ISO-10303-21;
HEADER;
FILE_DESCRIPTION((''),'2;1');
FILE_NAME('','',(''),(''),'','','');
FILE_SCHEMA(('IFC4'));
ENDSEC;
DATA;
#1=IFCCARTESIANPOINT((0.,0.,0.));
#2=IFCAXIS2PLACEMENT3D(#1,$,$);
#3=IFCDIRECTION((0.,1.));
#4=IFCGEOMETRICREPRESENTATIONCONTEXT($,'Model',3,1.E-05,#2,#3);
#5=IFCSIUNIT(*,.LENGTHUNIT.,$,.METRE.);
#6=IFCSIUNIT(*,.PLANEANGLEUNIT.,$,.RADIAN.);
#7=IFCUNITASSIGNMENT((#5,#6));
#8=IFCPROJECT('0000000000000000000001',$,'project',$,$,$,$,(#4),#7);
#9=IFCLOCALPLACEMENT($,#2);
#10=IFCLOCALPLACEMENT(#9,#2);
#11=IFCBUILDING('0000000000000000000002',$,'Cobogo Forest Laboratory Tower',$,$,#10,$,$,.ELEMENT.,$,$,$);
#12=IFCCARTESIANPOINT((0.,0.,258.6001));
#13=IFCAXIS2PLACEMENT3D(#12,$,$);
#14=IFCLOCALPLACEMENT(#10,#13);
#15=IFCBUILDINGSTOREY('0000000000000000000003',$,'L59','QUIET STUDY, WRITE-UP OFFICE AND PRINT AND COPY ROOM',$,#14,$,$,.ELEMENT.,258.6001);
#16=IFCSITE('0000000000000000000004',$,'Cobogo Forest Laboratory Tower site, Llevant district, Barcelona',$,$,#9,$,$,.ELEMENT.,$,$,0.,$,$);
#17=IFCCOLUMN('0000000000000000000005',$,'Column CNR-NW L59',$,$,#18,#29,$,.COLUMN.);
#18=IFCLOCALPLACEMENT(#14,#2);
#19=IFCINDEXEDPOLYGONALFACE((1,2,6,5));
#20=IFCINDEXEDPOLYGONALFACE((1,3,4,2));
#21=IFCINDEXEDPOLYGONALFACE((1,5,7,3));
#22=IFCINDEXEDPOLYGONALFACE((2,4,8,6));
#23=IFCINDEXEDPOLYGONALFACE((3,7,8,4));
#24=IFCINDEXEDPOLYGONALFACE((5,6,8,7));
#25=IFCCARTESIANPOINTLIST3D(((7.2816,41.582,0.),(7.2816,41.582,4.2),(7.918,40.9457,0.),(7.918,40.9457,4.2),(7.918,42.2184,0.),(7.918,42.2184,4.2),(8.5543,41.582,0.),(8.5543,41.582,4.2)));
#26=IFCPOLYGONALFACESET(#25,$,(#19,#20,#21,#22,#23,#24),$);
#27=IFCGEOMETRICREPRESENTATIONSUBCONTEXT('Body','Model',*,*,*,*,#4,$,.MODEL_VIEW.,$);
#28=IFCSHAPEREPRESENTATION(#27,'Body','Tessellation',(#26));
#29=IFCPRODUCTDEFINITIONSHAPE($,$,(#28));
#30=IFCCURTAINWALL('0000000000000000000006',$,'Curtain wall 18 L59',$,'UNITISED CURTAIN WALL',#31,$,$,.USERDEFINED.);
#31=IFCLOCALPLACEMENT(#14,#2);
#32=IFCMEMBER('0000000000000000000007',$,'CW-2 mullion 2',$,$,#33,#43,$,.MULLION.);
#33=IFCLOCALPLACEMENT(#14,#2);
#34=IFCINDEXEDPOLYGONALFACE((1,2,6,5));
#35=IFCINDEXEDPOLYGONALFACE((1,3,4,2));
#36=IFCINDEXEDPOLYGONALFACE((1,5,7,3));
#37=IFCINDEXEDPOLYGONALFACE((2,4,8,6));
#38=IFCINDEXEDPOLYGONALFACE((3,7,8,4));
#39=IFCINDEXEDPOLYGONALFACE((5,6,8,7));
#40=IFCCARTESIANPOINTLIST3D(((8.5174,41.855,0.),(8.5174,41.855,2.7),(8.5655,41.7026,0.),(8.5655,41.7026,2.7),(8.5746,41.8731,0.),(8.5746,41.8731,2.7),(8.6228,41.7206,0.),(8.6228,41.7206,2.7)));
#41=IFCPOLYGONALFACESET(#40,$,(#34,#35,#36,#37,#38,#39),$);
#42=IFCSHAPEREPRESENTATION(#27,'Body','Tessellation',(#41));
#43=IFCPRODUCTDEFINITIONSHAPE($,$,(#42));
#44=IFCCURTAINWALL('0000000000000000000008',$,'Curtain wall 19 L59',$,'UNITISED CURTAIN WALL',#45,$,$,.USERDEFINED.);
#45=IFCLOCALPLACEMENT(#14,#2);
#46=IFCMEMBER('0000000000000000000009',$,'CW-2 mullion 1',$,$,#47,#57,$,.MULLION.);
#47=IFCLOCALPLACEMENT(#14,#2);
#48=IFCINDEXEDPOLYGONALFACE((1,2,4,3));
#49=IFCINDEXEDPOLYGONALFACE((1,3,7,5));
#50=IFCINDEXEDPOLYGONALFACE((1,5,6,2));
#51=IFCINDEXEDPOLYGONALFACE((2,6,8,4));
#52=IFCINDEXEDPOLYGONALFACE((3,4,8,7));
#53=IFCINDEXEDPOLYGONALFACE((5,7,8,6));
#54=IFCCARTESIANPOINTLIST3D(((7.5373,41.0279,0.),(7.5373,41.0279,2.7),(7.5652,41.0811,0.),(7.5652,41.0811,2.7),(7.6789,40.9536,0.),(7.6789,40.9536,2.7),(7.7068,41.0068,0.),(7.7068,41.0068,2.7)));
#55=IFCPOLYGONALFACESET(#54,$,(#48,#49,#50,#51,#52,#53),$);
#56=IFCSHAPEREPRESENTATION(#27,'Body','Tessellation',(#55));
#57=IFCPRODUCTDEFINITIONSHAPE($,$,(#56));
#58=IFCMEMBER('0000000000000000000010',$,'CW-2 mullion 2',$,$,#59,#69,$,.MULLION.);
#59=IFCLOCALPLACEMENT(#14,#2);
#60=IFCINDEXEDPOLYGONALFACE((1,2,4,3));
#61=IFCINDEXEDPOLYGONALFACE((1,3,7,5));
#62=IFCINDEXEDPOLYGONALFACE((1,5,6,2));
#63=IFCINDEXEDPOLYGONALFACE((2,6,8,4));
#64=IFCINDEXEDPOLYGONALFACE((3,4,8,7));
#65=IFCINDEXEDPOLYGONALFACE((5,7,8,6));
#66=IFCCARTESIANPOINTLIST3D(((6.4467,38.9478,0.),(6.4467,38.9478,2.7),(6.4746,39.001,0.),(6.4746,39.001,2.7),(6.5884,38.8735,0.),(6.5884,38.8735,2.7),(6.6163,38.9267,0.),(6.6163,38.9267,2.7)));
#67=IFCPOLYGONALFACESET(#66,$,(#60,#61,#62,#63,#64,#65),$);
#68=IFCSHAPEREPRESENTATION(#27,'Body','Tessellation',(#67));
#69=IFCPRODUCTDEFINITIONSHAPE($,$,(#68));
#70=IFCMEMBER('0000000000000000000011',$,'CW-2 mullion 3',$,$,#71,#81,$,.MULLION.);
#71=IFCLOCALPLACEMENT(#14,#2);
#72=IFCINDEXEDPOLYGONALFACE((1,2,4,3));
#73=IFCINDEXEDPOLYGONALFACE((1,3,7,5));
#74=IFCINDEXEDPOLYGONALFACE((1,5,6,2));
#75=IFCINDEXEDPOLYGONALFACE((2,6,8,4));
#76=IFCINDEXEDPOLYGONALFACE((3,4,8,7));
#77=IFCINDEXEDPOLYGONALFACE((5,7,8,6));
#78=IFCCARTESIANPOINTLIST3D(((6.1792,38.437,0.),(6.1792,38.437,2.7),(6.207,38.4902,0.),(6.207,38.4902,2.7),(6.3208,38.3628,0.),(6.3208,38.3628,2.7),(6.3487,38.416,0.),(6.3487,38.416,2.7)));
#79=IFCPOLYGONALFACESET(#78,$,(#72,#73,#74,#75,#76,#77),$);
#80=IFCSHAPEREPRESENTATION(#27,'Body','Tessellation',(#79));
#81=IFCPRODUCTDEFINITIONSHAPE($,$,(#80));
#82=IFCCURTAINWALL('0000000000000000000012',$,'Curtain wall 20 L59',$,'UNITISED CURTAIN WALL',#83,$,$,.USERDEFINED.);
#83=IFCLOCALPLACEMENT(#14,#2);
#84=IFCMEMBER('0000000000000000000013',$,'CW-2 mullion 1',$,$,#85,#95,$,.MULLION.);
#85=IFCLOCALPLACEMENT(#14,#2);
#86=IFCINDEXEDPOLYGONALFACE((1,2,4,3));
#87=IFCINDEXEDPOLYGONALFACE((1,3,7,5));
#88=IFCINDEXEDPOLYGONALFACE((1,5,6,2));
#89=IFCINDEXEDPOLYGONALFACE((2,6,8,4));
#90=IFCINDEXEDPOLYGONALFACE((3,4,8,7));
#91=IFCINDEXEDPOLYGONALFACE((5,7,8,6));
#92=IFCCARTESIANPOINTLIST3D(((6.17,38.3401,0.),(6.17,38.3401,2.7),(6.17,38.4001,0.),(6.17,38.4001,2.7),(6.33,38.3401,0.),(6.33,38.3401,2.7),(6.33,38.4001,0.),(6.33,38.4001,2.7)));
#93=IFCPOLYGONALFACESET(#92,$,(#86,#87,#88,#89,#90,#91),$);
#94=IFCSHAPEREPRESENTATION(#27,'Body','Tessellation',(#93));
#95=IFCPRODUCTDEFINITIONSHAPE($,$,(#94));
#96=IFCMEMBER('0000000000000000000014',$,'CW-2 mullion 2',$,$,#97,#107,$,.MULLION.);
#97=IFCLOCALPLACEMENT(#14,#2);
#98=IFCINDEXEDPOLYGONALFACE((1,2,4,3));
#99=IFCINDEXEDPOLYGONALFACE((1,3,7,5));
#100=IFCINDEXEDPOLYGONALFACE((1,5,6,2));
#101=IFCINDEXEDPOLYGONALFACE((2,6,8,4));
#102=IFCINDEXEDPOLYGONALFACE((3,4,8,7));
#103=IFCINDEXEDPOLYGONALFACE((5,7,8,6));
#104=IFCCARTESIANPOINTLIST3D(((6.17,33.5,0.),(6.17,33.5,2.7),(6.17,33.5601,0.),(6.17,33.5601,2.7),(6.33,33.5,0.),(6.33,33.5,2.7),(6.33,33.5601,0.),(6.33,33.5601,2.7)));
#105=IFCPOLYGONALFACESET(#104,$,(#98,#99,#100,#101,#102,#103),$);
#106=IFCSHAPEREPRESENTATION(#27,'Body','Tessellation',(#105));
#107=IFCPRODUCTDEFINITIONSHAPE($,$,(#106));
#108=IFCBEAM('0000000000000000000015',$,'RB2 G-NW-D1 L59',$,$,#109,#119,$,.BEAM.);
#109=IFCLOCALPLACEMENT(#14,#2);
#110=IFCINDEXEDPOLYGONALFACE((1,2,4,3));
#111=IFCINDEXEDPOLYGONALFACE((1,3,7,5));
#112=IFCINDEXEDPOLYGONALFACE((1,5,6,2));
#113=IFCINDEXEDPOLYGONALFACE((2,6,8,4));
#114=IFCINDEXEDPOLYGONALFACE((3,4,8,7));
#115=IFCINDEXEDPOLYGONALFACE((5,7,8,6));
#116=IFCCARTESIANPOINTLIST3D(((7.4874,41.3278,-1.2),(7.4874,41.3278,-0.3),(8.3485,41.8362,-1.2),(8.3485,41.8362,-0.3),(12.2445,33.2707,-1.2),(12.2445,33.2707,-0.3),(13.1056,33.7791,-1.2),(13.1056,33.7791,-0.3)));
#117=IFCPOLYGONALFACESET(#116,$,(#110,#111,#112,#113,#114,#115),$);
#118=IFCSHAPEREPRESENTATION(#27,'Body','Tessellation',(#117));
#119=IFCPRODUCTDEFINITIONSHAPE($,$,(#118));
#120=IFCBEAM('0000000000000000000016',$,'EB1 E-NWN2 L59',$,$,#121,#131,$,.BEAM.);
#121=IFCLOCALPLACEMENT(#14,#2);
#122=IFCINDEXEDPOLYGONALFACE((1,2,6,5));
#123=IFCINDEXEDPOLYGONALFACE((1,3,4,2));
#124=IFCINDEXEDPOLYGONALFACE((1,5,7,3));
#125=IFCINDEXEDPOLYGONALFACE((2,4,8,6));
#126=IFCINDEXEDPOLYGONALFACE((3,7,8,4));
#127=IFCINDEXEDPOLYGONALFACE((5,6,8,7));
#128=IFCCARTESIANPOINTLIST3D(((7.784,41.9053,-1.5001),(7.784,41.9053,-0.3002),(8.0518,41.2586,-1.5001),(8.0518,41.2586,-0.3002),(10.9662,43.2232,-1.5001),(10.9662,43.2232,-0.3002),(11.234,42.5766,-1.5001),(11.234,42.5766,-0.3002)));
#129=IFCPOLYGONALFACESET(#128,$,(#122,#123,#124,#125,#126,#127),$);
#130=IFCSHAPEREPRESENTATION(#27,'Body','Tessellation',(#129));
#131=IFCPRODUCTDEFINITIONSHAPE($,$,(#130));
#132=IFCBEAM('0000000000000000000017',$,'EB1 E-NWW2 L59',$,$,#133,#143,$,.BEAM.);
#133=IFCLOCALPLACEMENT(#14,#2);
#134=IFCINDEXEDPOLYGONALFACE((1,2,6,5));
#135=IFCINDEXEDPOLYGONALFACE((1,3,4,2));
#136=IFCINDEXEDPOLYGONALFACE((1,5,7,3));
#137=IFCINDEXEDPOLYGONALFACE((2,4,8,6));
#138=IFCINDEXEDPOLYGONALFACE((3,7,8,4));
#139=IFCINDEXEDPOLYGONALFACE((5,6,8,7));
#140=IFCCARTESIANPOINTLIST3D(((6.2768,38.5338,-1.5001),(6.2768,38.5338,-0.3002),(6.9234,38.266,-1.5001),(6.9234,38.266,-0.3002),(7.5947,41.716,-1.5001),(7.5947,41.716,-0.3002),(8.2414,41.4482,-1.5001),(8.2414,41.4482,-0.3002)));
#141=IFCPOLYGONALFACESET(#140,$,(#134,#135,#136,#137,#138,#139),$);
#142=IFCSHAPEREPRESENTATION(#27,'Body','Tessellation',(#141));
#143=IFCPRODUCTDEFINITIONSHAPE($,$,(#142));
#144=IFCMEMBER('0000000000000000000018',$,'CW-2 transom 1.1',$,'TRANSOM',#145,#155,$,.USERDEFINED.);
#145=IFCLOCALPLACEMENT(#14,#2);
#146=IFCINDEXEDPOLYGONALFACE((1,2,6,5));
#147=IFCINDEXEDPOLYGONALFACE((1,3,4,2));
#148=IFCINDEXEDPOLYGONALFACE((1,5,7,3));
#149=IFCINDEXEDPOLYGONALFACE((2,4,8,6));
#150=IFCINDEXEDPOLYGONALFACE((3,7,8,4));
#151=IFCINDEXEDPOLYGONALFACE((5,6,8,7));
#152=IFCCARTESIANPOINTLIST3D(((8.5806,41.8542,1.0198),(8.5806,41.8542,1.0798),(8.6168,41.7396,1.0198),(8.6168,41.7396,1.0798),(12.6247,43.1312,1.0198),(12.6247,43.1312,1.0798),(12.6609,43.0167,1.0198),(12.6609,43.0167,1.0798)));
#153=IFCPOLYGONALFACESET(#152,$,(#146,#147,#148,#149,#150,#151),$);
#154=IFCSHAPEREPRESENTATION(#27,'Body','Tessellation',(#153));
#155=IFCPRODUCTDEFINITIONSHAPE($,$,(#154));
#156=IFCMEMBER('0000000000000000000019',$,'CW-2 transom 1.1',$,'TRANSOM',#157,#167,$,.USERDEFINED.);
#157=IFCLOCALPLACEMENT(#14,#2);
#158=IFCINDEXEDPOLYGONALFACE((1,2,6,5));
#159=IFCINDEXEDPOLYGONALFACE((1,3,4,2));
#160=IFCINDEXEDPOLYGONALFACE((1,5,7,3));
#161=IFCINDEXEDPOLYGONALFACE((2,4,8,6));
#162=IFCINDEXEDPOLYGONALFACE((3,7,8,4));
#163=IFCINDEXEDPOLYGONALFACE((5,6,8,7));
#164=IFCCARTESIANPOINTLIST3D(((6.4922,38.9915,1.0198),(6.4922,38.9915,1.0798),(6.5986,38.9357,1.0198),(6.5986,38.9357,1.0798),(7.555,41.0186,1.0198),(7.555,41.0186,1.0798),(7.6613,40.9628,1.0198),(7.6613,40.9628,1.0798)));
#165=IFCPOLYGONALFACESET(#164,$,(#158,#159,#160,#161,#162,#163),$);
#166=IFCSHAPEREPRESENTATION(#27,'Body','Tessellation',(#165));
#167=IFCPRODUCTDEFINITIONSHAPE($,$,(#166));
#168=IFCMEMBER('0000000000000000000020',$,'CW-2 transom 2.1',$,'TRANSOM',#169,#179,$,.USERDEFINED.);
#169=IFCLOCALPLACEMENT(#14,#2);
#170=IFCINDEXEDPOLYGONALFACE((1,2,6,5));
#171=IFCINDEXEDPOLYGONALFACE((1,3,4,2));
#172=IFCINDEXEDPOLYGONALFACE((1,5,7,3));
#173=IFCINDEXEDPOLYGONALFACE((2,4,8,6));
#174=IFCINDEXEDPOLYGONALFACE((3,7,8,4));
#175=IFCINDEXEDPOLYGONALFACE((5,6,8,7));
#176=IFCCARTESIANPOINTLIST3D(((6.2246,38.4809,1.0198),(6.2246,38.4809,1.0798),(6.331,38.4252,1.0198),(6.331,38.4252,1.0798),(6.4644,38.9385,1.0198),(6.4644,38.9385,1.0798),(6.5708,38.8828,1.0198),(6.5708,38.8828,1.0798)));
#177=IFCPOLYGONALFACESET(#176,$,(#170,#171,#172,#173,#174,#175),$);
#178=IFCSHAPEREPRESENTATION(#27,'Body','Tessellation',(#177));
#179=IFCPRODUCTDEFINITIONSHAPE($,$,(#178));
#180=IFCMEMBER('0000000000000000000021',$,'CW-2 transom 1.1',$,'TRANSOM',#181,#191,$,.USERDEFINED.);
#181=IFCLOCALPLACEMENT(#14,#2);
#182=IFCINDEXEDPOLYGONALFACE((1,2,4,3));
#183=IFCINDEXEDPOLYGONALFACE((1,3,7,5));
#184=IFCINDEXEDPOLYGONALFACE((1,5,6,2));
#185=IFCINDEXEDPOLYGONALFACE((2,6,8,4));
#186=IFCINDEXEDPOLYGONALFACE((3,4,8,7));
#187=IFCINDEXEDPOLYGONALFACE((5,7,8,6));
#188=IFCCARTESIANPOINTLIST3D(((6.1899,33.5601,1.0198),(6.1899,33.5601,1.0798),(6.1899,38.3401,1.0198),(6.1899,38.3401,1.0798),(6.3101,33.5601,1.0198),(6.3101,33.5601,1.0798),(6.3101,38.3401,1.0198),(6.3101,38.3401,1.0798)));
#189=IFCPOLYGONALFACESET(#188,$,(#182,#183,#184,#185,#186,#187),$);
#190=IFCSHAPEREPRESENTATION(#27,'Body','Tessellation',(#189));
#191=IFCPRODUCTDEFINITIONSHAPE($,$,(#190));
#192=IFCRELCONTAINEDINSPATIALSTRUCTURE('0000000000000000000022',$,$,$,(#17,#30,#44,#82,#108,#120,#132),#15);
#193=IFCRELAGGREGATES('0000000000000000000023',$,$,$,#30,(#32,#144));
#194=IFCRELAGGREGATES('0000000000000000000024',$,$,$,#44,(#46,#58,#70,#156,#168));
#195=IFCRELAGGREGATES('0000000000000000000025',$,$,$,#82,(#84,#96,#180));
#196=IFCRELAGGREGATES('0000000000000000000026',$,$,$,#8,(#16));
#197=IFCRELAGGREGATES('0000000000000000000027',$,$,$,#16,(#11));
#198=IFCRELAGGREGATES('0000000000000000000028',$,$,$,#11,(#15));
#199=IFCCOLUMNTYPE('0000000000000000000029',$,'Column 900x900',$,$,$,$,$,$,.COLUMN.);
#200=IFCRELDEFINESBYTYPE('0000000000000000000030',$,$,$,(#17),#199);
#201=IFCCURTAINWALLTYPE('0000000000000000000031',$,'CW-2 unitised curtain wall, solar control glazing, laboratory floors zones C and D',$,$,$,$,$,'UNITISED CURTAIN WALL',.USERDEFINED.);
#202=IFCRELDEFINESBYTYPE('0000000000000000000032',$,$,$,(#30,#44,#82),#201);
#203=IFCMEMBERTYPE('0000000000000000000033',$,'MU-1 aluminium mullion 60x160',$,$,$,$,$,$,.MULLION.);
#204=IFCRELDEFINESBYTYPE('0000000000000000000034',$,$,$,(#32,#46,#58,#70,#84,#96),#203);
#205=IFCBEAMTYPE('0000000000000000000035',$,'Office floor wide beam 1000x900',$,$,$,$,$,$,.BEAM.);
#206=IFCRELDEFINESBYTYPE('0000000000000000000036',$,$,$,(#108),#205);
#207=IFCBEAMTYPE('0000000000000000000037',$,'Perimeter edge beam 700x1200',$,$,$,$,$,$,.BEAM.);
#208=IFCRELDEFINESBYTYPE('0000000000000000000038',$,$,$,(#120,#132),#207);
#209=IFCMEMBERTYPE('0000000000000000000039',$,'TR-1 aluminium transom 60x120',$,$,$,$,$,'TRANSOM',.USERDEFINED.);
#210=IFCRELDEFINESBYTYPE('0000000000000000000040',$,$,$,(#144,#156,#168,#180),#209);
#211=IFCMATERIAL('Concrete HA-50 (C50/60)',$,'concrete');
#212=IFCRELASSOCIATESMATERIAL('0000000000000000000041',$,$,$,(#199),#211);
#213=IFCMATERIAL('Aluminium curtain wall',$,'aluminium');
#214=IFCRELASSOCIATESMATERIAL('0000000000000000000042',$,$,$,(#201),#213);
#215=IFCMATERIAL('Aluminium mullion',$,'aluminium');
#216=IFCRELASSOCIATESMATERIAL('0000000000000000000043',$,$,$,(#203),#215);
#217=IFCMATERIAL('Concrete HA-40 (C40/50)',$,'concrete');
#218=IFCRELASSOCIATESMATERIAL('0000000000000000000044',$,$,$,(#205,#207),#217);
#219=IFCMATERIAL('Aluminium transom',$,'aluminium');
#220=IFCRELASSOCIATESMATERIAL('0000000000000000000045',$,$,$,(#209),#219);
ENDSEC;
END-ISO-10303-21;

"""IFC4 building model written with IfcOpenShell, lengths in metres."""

from ifc_helpers import new_model, si_unit, direction, frame, origin, origin_2d, place, context, subcontext, project, spatial, rectangle, extrude, material, material_profile, profile_set, type_object, element, aggregate, save


model = new_model("IFC4")

# Units and contexts
model_context = context("Model", 3, precision=1e-05, world=origin(), true_north=direction((0.0, 1.0)))
body_context = subcontext(model_context, "Body", "Model", "MODEL_VIEW")
ifc_project = project(units=[si_unit("LENGTHUNIT", "METRE"), si_unit("PLANEANGLEUNIT", "RADIAN")], contexts=[model_context])

# Site, building, storey
site_placement = place(None, origin())
site = spatial("IfcSite", under=ifc_project, at=site_placement, Name="Cobogo Forest Laboratory Tower site, Llevant district, Barcelona", CompositionType="ELEMENT", RefElevation=0.0)
building_placement = place(site_placement, origin())
building = spatial("IfcBuilding", under=site, at=building_placement, Name="Cobogo Forest Laboratory Tower", CompositionType="ELEMENT")
storey_placement = place(building_placement, frame((0.0, 0.0, 258.6001)))
storey = spatial("IfcBuildingStorey", under=building, at=storey_placement, Name="L59", Description="QUIET STUDY, WRITE-UP OFFICE AND PRINT AND COPY ROOM", CompositionType="ELEMENT", Elevation=258.6001)

# Column
ifc_material_1 = material(Name="Concrete HA-50 (C50/60)", Category="concrete")
ifc_material_profile_1 = material_profile(ifc_material_1, rectangle(XDim=0.8999, YDim=0.8999, at=origin_2d()), Name="RC 900x900")
ifc_profile_set_1 = profile_set([ifc_material_profile_1], Name="Concrete HA-50 (C50/60)")
column_type = type_object("IfcColumnType", Name="Column 900x900", PredefinedType="COLUMN", material=ifc_profile_set_1)
column_placement = place(storey_placement, frame((7.918, 41.582, 0.0), z_axis=(0.0, 0.0, 1.0), x_axis=(0.707107, 0.707107, 0.0)))
element("IfcColumn", 1, at=column_placement, inside=storey, type_object=column_type, Name="Column CNR-NW L59", PredefinedType="COLUMN", context=body_context, shape_type="SweptSolid", body=[
    extrude(rectangle(XDim=0.8999, YDim=0.8999, at=origin_2d()), origin(), (0.0, 0.0, 1.0), 4.2),
])

# Curtain wall, member
ifc_material_2 = material(Name="Aluminium curtain wall", Category="aluminium")
curtain_wall_type = type_object("IfcCurtainWallType", Name="CW-2 unitised curtain wall, solar control glazing, laboratory floors zones C and D", ElementType="UNITISED CURTAIN WALL", PredefinedType="USERDEFINED", material=ifc_material_2)
curtain_wall_1_placement = place(storey_placement, origin())
curtain_wall_1 = element("IfcCurtainWall", 2, at=curtain_wall_1_placement, inside=storey, type_object=curtain_wall_type, Name="Curtain wall 18 L59", ObjectType="UNITISED CURTAIN WALL", PredefinedType="USERDEFINED")
ifc_material_3 = material(Name="Aluminium mullion", Category="aluminium")
ifc_material_profile_2 = material_profile(ifc_material_3, rectangle(XDim=0.0601, YDim=0.1599, at=origin_2d()), Name="AL 60x160")
ifc_profile_set_2 = profile_set([ifc_material_profile_2], Name="Aluminium mullion")
member_type_1 = type_object("IfcMemberType", Name="MU-1 aluminium mullion 60x160", PredefinedType="MULLION", material=ifc_profile_set_2)
member_1_placement = place(storey_placement, frame((8.5701, 41.7878, 0.0), z_axis=(0.0, 0.0, 1.0), x_axis=(-0.953581, -0.301135, 0.0)))
member_1 = element("IfcMember", 3, at=member_1_placement, type_object=member_type_1, Name="CW-2 mullion 2", PredefinedType="MULLION", context=body_context, shape_type="SweptSolid", body=[
    extrude(rectangle(XDim=0.0601, YDim=0.1599, at=origin_2d()), origin(), (0.0, 0.0, 1.0), 2.7),
])

# Curtain walls, members
curtain_wall_2_placement = place(storey_placement, origin())
curtain_wall_2 = element("IfcCurtainWall", 4, at=curtain_wall_2_placement, inside=storey, type_object=curtain_wall_type, Name="Curtain wall 19 L59", ObjectType="UNITISED CURTAIN WALL", PredefinedType="USERDEFINED")
member_2_placement = place(storey_placement, frame((7.6221, 41.0173, 0.0), z_axis=(0.0, 0.0, 1.0), x_axis=(-0.464284, -0.885686, 0.0)))
member_2 = element("IfcMember", 5, at=member_2_placement, type_object=member_type_1, Name="CW-2 mullion 1", PredefinedType="MULLION", context=body_context, shape_type="SweptSolid", body=[
    extrude(rectangle(XDim=0.0601, YDim=0.1599, at=origin_2d()), origin(), (0.0, 0.0, 1.0), 2.7),
])
member_3_placement = place(storey_placement, frame((6.5315, 38.9373, 0.0), z_axis=(0.0, 0.0, 1.0), x_axis=(-0.464284, -0.885686, 0.0)))
member_3 = element("IfcMember", 6, at=member_3_placement, type_object=member_type_1, Name="CW-2 mullion 2", PredefinedType="MULLION", context=body_context, shape_type="SweptSolid", body=[
    extrude(rectangle(XDim=0.0601, YDim=0.1599, at=origin_2d()), origin(), (0.0, 0.0, 1.0), 2.7),
])
member_4_placement = place(storey_placement, frame((6.2639, 38.4265, 0.0), z_axis=(0.0, 0.0, 1.0), x_axis=(-0.464284, -0.885686, 0.0)))
member_4 = element("IfcMember", 7, at=member_4_placement, type_object=member_type_1, Name="CW-2 mullion 3", PredefinedType="MULLION", context=body_context, shape_type="SweptSolid", body=[
    extrude(rectangle(XDim=0.0601, YDim=0.1599, at=origin_2d()), origin(), (0.0, 0.0, 1.0), 2.7),
])
curtain_wall_3_placement = place(storey_placement, origin())
curtain_wall_3 = element("IfcCurtainWall", 8, at=curtain_wall_3_placement, inside=storey, type_object=curtain_wall_type, Name="Curtain wall 20 L59", ObjectType="UNITISED CURTAIN WALL", PredefinedType="USERDEFINED")
member_5_placement = place(storey_placement, frame((6.25, 38.3701, 0.0), z_axis=(0.0, 0.0, 1.0), x_axis=(0.0, -1.0, 0.0)))
member_5 = element("IfcMember", 9, at=member_5_placement, type_object=member_type_1, Name="CW-2 mullion 1", PredefinedType="MULLION", context=body_context, shape_type="SweptSolid", body=[
    extrude(rectangle(XDim=0.0601, YDim=0.1599, at=origin_2d()), origin(), (0.0, 0.0, 1.0), 2.7),
])
member_6_placement = place(storey_placement, frame((6.25, 33.53, 0.0), z_axis=(0.0, 0.0, 1.0), x_axis=(0.0, -1.0, 0.0)))
member_6 = element("IfcMember", 10, at=member_6_placement, type_object=member_type_1, Name="CW-2 mullion 2", PredefinedType="MULLION", context=body_context, shape_type="SweptSolid", body=[
    extrude(rectangle(XDim=0.0601, YDim=0.1599, at=origin_2d()), origin(), (0.0, 0.0, 1.0), 2.7),
])

# Beams
ifc_material_4 = material(Name="Concrete HA-40 (C40/50)", Category="concrete")
ifc_material_profile_3 = material_profile(ifc_material_4, rectangle(XDim=1.0, YDim=0.8999, at=origin_2d()), Name="RC 1000x900")
ifc_profile_set_3 = profile_set([ifc_material_profile_3], Name="Concrete HA-40 (C40/50)")
beam_type_1 = type_object("IfcBeamType", Name="Office floor wide beam 1000x900", PredefinedType="BEAM", material=ifc_profile_set_3)
beam_placement = place(storey_placement, frame((7.918, 41.582, -0.75), z_axis=(0.508416, -0.861111, 0.0), x_axis=(0.861111, 0.508416, 0.0)))
element("IfcBeam", 11, at=beam_placement, inside=storey, type_object=beam_type_1, Name="RB2 G-NW-D1 L59", PredefinedType="BEAM", context=body_context, shape_type="SweptSolid", body=[
    extrude(rectangle(XDim=1.0, YDim=0.8999, at=origin_2d()), origin(), (0.0, 0.0, 1.0), 9.3567),
])
ifc_material_profile_4 = material_profile(ifc_material_4, rectangle(XDim=0.7, YDim=1.2, at=origin_2d()), Name="RC 700x1200")
ifc_profile_set_4 = profile_set([ifc_material_profile_4], Name="Concrete HA-40 (C40/50)")
beam_type_2 = type_object("IfcBeamType", Name="Perimeter edge beam 700x1200", PredefinedType="BEAM", material=ifc_profile_set_4)
for number, where, z_axis, x_axis, name in (
    (12, (11.1001, 42.8999, -0.9001), (-0.923901, -0.382631, 0.0), (0.382631, -0.923901, 0.0), "EB1 E-NWN2 L59"),
    (13, (6.6001, 38.3999, -0.9001), (0.382631, 0.923901, 0.0), (-0.923901, 0.382631, 0.0), "EB1 E-NWW2 L59"),
):
    element("IfcBeam", number, at=place(storey_placement, frame(where, z_axis=z_axis, x_axis=x_axis)), inside=storey, type_object=beam_type_2, Name=name, PredefinedType="BEAM", context=body_context, shape_type="SweptSolid", body=[
        extrude(rectangle(XDim=0.7, YDim=1.2, at=origin_2d()), origin(), (0.0, 0.0, 1.0), 3.4443),
    ])

# Members
ifc_material_5 = material(Name="Aluminium transom", Category="aluminium")
ifc_material_profile_5 = material_profile(ifc_material_5, rectangle(XDim=0.1201, YDim=0.0601, at=origin_2d()), Name="AL 60x120")
ifc_profile_set_5 = profile_set([ifc_material_profile_5], Name="Aluminium transom")
member_type_2 = type_object("IfcMemberType", Name="TR-1 aluminium transom 60x120", ElementType="TRANSOM", PredefinedType="USERDEFINED", material=ifc_profile_set_5)
member_7_placement = place(storey_placement, frame((12.6428, 43.074, 1.0498), z_axis=(-0.953584, -0.301129, 0.0), x_axis=(0.301129, -0.953584, 0.0)))
member_7 = element("IfcMember", 14, at=member_7_placement, type_object=member_type_2, Name="CW-2 transom 1.1", ObjectType="TRANSOM", PredefinedType="USERDEFINED", context=body_context, shape_type="SweptSolid", body=[
    extrude(rectangle(XDim=0.1201, YDim=0.0601, at=origin_2d()), origin(), (0.0, 0.0, 1.0), 4.241),
])
member_8_placement = place(storey_placement, frame((7.6082, 40.9907, 1.0498), z_axis=(-0.464326, -0.885664, 0.0), x_axis=(0.885664, -0.464326, 0.0)))
member_8 = element("IfcMember", 15, at=member_8_placement, type_object=member_type_2, Name="CW-2 transom 1.1", ObjectType="TRANSOM", PredefinedType="USERDEFINED", context=body_context, shape_type="SweptSolid", body=[
    extrude(rectangle(XDim=0.1201, YDim=0.0601, at=origin_2d()), origin(), (0.0, 0.0, 1.0), 2.2888),
])
member_9_placement = place(storey_placement, frame((6.5176, 38.9106, 1.0498), z_axis=(-0.464148, -0.885758, 0.0), x_axis=(0.885758, -0.464148, 0.0)))
member_9 = element("IfcMember", 16, at=member_9_placement, type_object=member_type_2, Name="CW-2 transom 2.1", ObjectType="TRANSOM", PredefinedType="USERDEFINED", context=body_context, shape_type="SweptSolid", body=[
    extrude(rectangle(XDim=0.1201, YDim=0.0601, at=origin_2d()), origin(), (0.0, 0.0, 1.0), 0.5166),
])
member_10_placement = place(storey_placement, frame((6.25, 38.3401, 1.0498), z_axis=(0.0, -1.0, 0.0), x_axis=(1.0, 0.0, 0.0)))
member_10 = element("IfcMember", 17, at=member_10_placement, type_object=member_type_2, Name="CW-2 transom 1.1", ObjectType="TRANSOM", PredefinedType="USERDEFINED", context=body_context, shape_type="SweptSolid", body=[
    extrude(rectangle(XDim=0.1201, YDim=0.0601, at=origin_2d()), origin(), (0.0, 0.0, 1.0), 4.78),
])

aggregate(curtain_wall_1, [member_1, member_7])
aggregate(curtain_wall_2, [member_2, member_3, member_4, member_8, member_9])
aggregate(curtain_wall_3, [member_5, member_6, member_10])

save(model, "model.ifc")
